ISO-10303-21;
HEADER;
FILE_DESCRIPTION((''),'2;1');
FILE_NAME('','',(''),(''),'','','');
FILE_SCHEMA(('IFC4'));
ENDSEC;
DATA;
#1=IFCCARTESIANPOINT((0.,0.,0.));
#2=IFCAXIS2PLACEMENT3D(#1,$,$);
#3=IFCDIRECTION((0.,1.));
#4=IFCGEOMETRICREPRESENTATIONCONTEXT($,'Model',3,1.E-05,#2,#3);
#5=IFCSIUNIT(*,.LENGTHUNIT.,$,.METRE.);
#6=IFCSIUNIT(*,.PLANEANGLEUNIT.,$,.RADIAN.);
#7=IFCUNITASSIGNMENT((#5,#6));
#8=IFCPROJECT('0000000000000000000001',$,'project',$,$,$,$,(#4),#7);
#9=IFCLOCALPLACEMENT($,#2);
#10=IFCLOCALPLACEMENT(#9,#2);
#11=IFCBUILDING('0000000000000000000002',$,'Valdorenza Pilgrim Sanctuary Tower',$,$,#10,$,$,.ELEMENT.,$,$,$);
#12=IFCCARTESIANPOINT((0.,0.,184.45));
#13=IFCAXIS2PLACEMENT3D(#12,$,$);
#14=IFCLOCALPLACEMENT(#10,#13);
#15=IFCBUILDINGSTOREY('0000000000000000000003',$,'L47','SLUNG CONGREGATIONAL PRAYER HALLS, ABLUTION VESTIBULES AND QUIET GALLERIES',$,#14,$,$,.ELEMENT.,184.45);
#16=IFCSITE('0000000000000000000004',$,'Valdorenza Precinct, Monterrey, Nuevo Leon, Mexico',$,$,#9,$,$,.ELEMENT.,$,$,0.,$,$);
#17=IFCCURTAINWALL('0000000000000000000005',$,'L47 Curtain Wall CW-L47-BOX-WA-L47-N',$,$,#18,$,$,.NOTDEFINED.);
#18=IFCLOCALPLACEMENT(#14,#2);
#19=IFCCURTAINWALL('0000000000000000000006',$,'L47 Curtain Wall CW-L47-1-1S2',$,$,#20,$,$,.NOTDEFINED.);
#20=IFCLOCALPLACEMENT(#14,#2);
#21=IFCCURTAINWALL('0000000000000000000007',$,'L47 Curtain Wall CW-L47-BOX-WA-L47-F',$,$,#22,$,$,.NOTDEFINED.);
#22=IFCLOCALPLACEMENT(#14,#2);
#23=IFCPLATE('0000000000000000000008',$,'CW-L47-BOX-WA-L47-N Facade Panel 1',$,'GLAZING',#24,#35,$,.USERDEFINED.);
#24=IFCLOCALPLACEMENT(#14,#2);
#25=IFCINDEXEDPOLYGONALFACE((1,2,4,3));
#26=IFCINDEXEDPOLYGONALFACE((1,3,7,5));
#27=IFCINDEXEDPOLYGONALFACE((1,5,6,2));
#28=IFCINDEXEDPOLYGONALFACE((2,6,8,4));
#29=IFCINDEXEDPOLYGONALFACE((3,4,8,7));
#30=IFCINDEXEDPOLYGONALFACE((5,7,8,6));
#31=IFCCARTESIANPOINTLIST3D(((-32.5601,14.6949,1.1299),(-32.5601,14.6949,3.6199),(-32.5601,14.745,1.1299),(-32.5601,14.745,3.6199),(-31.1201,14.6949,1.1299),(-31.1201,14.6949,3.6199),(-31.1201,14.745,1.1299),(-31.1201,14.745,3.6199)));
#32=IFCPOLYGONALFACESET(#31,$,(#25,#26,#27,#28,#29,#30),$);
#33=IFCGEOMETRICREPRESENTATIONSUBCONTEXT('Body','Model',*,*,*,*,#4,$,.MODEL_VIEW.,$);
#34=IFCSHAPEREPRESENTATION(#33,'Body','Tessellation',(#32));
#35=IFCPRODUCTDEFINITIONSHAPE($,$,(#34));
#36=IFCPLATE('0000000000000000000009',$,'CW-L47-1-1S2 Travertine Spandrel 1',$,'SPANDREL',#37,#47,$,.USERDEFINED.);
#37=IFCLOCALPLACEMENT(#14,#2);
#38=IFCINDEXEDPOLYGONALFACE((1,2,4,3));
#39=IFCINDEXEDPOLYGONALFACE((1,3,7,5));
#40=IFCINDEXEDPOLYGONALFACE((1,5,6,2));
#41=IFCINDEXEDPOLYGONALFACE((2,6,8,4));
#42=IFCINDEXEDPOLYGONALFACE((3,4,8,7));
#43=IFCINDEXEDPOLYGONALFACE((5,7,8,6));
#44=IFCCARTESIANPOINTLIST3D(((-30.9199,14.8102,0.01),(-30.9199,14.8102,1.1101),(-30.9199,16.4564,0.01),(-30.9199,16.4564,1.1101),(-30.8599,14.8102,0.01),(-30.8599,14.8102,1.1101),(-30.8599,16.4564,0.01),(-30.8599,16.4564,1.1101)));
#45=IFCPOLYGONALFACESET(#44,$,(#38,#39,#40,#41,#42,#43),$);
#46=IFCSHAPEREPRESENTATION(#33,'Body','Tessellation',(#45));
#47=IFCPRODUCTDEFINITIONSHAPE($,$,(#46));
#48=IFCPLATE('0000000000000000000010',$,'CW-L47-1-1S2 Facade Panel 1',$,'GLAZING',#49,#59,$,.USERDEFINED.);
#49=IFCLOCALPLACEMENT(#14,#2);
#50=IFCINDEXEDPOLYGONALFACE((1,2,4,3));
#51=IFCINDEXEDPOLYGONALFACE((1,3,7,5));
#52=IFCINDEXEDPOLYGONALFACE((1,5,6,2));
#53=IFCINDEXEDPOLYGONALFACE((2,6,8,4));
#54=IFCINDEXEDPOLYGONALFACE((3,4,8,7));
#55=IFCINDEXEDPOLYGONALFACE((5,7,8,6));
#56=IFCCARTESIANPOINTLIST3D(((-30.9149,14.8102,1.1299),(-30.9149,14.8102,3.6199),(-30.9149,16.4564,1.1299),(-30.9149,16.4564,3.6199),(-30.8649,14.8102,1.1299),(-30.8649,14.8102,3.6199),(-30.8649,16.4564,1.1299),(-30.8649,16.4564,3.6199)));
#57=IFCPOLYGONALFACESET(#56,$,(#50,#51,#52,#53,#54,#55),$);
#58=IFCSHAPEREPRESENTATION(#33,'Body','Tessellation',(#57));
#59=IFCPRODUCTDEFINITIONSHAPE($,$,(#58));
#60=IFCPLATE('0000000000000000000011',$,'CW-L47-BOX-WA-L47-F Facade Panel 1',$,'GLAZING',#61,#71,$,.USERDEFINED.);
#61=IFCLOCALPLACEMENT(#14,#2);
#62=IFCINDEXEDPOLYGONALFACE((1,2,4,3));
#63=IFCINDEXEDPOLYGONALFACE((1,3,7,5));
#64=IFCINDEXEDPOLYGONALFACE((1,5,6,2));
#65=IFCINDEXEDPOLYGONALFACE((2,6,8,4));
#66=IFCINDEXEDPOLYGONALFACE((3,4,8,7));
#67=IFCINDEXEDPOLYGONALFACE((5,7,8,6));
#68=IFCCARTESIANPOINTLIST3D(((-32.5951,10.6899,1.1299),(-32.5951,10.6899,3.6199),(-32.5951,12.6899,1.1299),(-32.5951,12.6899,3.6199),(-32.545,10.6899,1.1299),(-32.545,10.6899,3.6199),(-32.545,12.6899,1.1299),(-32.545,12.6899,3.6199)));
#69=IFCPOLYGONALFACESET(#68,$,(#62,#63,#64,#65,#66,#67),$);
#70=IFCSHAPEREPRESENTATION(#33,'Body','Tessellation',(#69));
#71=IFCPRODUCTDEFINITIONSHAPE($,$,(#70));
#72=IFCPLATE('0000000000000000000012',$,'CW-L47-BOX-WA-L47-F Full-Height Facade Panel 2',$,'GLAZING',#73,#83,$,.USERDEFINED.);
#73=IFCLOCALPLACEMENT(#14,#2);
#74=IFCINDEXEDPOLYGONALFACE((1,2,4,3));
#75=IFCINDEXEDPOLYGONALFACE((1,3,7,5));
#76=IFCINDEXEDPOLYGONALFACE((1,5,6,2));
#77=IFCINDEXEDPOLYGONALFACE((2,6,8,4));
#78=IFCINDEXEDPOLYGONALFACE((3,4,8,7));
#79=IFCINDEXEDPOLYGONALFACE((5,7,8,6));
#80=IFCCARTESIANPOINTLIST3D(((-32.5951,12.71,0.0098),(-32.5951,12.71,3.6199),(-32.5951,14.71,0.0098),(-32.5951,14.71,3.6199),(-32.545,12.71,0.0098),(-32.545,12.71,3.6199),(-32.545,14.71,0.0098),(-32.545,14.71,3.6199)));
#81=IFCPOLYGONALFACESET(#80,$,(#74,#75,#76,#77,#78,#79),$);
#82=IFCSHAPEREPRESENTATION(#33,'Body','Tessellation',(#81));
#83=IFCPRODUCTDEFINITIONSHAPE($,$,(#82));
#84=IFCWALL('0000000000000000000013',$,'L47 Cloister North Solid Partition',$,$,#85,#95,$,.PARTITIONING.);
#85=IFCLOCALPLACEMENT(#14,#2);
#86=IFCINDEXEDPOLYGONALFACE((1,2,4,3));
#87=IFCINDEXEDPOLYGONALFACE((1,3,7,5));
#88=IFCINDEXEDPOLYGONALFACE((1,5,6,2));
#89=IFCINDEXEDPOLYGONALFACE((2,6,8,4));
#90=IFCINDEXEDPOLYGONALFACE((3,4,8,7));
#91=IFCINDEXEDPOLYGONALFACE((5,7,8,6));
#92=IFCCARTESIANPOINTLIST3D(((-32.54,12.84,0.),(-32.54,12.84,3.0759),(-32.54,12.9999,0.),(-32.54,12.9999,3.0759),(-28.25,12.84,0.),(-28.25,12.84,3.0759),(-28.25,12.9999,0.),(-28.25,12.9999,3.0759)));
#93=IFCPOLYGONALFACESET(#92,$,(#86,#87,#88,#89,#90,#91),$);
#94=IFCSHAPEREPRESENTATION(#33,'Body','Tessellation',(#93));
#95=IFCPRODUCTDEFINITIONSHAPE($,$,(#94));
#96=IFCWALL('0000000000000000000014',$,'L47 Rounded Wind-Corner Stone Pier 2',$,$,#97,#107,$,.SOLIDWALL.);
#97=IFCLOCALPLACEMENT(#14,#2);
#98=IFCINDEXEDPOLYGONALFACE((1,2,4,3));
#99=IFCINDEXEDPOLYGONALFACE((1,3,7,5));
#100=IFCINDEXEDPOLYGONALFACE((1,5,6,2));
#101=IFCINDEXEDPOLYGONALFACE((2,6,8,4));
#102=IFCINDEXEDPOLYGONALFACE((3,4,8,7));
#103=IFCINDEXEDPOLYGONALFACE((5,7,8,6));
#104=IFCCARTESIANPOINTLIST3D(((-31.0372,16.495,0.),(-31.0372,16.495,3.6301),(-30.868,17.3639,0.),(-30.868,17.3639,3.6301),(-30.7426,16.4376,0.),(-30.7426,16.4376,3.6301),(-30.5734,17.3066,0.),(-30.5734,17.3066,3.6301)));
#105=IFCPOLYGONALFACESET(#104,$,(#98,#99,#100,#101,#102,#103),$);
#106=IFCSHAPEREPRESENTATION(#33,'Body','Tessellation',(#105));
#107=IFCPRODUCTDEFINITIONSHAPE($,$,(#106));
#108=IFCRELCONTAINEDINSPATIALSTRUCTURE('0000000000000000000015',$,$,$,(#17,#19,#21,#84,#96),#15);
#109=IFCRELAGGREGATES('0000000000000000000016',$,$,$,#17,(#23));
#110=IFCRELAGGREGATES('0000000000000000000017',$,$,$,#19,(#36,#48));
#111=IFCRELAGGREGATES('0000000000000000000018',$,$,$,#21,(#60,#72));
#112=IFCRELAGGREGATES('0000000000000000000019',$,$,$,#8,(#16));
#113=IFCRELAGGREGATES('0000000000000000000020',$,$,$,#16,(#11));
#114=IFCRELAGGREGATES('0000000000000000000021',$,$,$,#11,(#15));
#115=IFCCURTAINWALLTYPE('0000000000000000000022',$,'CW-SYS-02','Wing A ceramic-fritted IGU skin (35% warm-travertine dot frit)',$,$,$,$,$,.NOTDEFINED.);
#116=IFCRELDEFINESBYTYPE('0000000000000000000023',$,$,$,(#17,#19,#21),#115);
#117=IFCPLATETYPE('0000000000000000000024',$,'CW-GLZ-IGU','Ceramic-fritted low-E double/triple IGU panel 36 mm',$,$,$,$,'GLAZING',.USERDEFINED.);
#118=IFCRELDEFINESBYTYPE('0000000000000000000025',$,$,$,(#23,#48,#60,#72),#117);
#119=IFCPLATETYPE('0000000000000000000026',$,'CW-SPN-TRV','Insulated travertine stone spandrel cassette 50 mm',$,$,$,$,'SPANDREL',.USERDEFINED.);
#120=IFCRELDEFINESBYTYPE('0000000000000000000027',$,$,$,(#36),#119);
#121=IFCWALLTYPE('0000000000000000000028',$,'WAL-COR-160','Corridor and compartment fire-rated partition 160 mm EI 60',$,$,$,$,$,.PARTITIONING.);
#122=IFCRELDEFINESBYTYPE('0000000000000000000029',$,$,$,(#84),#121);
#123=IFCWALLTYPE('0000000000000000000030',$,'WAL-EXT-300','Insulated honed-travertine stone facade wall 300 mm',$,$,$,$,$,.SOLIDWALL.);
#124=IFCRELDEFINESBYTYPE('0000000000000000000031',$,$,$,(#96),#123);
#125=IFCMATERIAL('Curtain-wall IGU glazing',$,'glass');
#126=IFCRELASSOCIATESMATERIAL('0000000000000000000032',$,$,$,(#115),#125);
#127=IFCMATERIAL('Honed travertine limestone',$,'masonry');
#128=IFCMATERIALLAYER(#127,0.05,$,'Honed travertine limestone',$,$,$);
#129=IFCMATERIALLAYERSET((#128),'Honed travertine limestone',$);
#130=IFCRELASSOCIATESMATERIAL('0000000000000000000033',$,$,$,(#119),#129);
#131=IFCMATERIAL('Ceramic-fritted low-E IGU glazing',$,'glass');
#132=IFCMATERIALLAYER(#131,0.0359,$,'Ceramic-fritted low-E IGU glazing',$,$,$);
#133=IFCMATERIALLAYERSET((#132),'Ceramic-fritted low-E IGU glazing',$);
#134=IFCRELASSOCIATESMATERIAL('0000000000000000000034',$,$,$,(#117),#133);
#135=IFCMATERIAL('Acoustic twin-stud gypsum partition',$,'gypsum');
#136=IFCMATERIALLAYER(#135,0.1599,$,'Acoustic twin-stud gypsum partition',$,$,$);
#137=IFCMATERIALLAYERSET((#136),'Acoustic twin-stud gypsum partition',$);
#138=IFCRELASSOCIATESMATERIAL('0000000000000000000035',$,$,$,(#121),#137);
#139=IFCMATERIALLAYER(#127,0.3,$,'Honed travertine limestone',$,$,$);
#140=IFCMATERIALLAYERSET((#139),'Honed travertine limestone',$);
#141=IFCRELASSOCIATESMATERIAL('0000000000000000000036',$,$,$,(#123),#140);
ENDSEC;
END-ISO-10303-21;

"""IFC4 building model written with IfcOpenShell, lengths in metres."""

from ifc_helpers import new_model, si_unit, direction, frame, frame_2d, origin, origin_2d, place, context, subcontext, project, spatial, rectangle, extrude, source, transform, mapped, material, layer, layer_set, type_object, element, aggregate, save


model = new_model("IFC4")

# Units and contexts
model_context = context("Model", 3, precision=1e-05, world=origin(), true_north=direction((0.0, 1.0)))
body_context = subcontext(model_context, "Body", "Model", "MODEL_VIEW")
ifc_project = project(units=[si_unit("LENGTHUNIT", "METRE"), si_unit("PLANEANGLEUNIT", "RADIAN")], contexts=[model_context])

# Site, building, storey
site_placement = place(None, origin())
site = spatial("IfcSite", under=ifc_project, at=site_placement, Name="Valdorenza Precinct, Monterrey, Nuevo Leon, Mexico", CompositionType="ELEMENT", RefElevation=0.0)
building_placement = place(site_placement, origin())
building = spatial("IfcBuilding", under=site, at=building_placement, Name="Valdorenza Pilgrim Sanctuary Tower", CompositionType="ELEMENT")
storey_placement = place(building_placement, frame((0.0, 0.0, 184.45)))
storey = spatial("IfcBuildingStorey", under=building, at=storey_placement, Name="L47", Description="SLUNG CONGREGATIONAL PRAYER HALLS, ABLUTION VESTIBULES AND QUIET GALLERIES", CompositionType="ELEMENT", Elevation=184.45)

# Curtain wall
ifc_material_1 = material(Name="Curtain-wall IGU glazing", Category="glass")
curtain_wall_type = type_object("IfcCurtainWallType", Name="CW-SYS-02", Description="Wing A ceramic-fritted IGU skin (35% warm-travertine dot frit)", PredefinedType="NOTDEFINED", material=ifc_material_1)
curtain_wall_1_placement = place(storey_placement, origin())
curtain_wall_1 = element("IfcCurtainWall", 1, at=curtain_wall_1_placement, inside=storey, type_object=curtain_wall_type, Name="L47 Curtain Wall CW-L47-BOX-WA-L47-N", PredefinedType="NOTDEFINED")

# Curtain walls
curtain_wall_2_placement = place(storey_placement, origin())
curtain_wall_2 = element("IfcCurtainWall", 2, at=curtain_wall_2_placement, inside=storey, type_object=curtain_wall_type, Name="L47 Curtain Wall CW-L47-1-1S2", PredefinedType="NOTDEFINED")
curtain_wall_3_placement = place(storey_placement, origin())
curtain_wall_3 = element("IfcCurtainWall", 3, at=curtain_wall_3_placement, inside=storey, type_object=curtain_wall_type, Name="L47 Curtain Wall CW-L47-BOX-WA-L47-F", PredefinedType="NOTDEFINED")

# Plates
ifc_material_2 = material(Name="Honed travertine limestone", Category="masonry")
ifc_layer_1 = layer(ifc_material_2, 0.05, Name="Honed travertine limestone")
ifc_layer_set_1 = layer_set([ifc_layer_1], Name="Honed travertine limestone")
plate_type_1 = type_object("IfcPlateType", Name="CW-SPN-TRV", Description="Insulated travertine stone spandrel cassette 50 mm", ElementType="SPANDREL", PredefinedType="USERDEFINED", material=ifc_layer_set_1)
ifc_material_3 = material(Name="Ceramic-fritted low-E IGU glazing", Category="glass")
ifc_layer_2 = layer(ifc_material_3, 0.0359, Name="Ceramic-fritted low-E IGU glazing")
ifc_layer_set_2 = layer_set([ifc_layer_2], Name="Ceramic-fritted low-E IGU glazing")
plate_type_2 = type_object("IfcPlateType", Name="CW-GLZ-IGU", Description="Ceramic-fritted low-E double/triple IGU panel 36 mm", ElementType="GLAZING", PredefinedType="USERDEFINED", material=ifc_layer_set_2)
shared_shape_1 = source(origin(), body_context, "Body", "SweptSolid", [
    extrude(rectangle(XDim=1.4399, YDim=0.05, at=origin_2d()), origin(), (0.0, 0.0, 1.0), 2.49),
])
plate_1_placement = place(storey_placement, frame((-31.8401, 14.72, 1.1299), z_axis=(0.0, 0.0, 1.0), x_axis=(1.0, 0.0, 0.0)))
plate_1 = element("IfcPlate", 4, at=plate_1_placement, type_object=plate_type_2, Name="CW-L47-BOX-WA-L47-N Facade Panel 1", ObjectType="GLAZING", PredefinedType="USERDEFINED", context=body_context, shape_type="MappedRepresentation", body=[
    mapped(shared_shape_1, transform((0.0, 0.0, 0.0), x_axis=(1.0, 0.0, 0.0), y_axis=(0.0, 1.0, 0.0), z_axis=(0.0, 0.0, 1.0), scale=1.0)),
])
aggregate(curtain_wall_1, [plate_1])
shared_shape_2 = source(origin(), body_context, "Body", "SweptSolid", [
    extrude(rectangle(XDim=1.6462, YDim=0.0601, at=origin_2d()), origin(), (0.0, 0.0, 1.0), 1.1001),
])
plate_2_placement = place(storey_placement, frame((-30.8899, 15.6333, 0.01), z_axis=(0.0, 0.0, 1.0), x_axis=(0.0, 1.0, 0.0)))
plate_2 = element("IfcPlate", 5, at=plate_2_placement, type_object=plate_type_1, Name="CW-L47-1-1S2 Travertine Spandrel 1", ObjectType="SPANDREL", PredefinedType="USERDEFINED", context=body_context, shape_type="MappedRepresentation", body=[
    mapped(shared_shape_2, transform((0.0, 0.0, 0.0), x_axis=(1.0, 0.0, 0.0), y_axis=(0.0, 1.0, 0.0), z_axis=(0.0, 0.0, 1.0), scale=1.0)),
])
shared_shape_3 = source(origin(), body_context, "Body", "SweptSolid", [
    extrude(rectangle(XDim=1.6462, YDim=0.05, at=origin_2d()), origin(), (0.0, 0.0, 1.0), 2.49),
])
plate_3_placement = place(storey_placement, frame((-30.8899, 15.6333, 1.1299), z_axis=(0.0, 0.0, 1.0), x_axis=(0.0, 1.0, 0.0)))
plate_3 = element("IfcPlate", 6, at=plate_3_placement, type_object=plate_type_2, Name="CW-L47-1-1S2 Facade Panel 1", ObjectType="GLAZING", PredefinedType="USERDEFINED", context=body_context, shape_type="MappedRepresentation", body=[
    mapped(shared_shape_3, transform((0.0, 0.0, 0.0), x_axis=(1.0, 0.0, 0.0), y_axis=(0.0, 1.0, 0.0), z_axis=(0.0, 0.0, 1.0), scale=1.0)),
])
aggregate(curtain_wall_2, [plate_2, plate_3])
shared_shape_4 = source(origin(), body_context, "Body", "SweptSolid", [
    extrude(rectangle(XDim=2.0, YDim=0.05, at=origin_2d()), origin(), (0.0, 0.0, 1.0), 2.49),
])
plate_4_placement = place(storey_placement, frame((-32.5701, 11.6899, 1.1299), z_axis=(0.0, 0.0, 1.0), x_axis=(0.0, 1.0, 0.0)))
plate_4 = element("IfcPlate", 7, at=plate_4_placement, type_object=plate_type_2, Name="CW-L47-BOX-WA-L47-F Facade Panel 1", ObjectType="GLAZING", PredefinedType="USERDEFINED", context=body_context, shape_type="MappedRepresentation", body=[
    mapped(shared_shape_4, transform((0.0, 0.0, 0.0), x_axis=(1.0, 0.0, 0.0), y_axis=(0.0, 1.0, 0.0), z_axis=(0.0, 0.0, 1.0), scale=1.0)),
])
shared_shape_5 = source(origin(), body_context, "Body", "SweptSolid", [
    extrude(rectangle(XDim=2.0, YDim=0.05, at=origin_2d()), origin(), (0.0, 0.0, 1.0), 3.6101),
])
plate_5_placement = place(storey_placement, frame((-32.5701, 13.71, 0.0098), z_axis=(0.0, 0.0, 1.0), x_axis=(0.0, 1.0, 0.0)))
plate_5 = element("IfcPlate", 8, at=plate_5_placement, type_object=plate_type_2, Name="CW-L47-BOX-WA-L47-F Full-Height Facade Panel 2", ObjectType="GLAZING", PredefinedType="USERDEFINED", context=body_context, shape_type="MappedRepresentation", body=[
    mapped(shared_shape_5, transform((0.0, 0.0, 0.0), x_axis=(1.0, 0.0, 0.0), y_axis=(0.0, 1.0, 0.0), z_axis=(0.0, 0.0, 1.0), scale=1.0)),
])
aggregate(curtain_wall_3, [plate_4, plate_5])

# Walls
ifc_material_4 = material(Name="Acoustic twin-stud gypsum partition", Category="gypsum")
ifc_layer_3 = layer(ifc_material_4, 0.1599, Name="Acoustic twin-stud gypsum partition")
ifc_layer_set_3 = layer_set([ifc_layer_3], Name="Acoustic twin-stud gypsum partition")
wall_type_1 = type_object("IfcWallType", Name="WAL-COR-160", Description="Corridor and compartment fire-rated partition 160 mm EI 60", PredefinedType="PARTITIONING", material=ifc_layer_set_3)
wall_1_placement = place(storey_placement, frame((-32.54, 12.9199, 0.0), z_axis=(0.0, 0.0, 1.0), x_axis=(1.0, 0.0, 0.0)))
element("IfcWall", 9, at=wall_1_placement, inside=storey, type_object=wall_type_1, Name="L47 Cloister North Solid Partition", PredefinedType="PARTITIONING", context=body_context, shape_type="SweptSolid", body=[
    extrude(rectangle(XDim=4.29, YDim=0.1599, at=frame_2d((2.145, 0.0))), origin(), (0.0, 0.0, 1.0), 3.0759),
])
ifc_layer_4 = layer(ifc_material_2, 0.3, Name="Honed travertine limestone")
ifc_layer_set_4 = layer_set([ifc_layer_4], Name="Honed travertine limestone")
wall_type_2 = type_object("IfcWallType", Name="WAL-EXT-300", Description="Insulated honed-travertine stone facade wall 300 mm", PredefinedType="SOLIDWALL", material=ifc_layer_set_4)
wall_2_placement = place(storey_placement, frame((-30.8899, 16.4663, 0.0), z_axis=(0.0, 0.0, 1.0), x_axis=(0.191128, 0.981565, 0.0)))
element("IfcWall", 10, at=wall_2_placement, inside=storey, type_object=wall_type_2, Name="L47 Rounded Wind-Corner Stone Pier 2", PredefinedType="SOLIDWALL", context=body_context, shape_type="SweptSolid", body=[
    extrude(rectangle(XDim=0.8853, YDim=0.3, at=frame_2d((0.4426, 0.0))), origin(), (0.0, 0.0, 1.0), 3.6301),
])

save(model, "model.ifc")
